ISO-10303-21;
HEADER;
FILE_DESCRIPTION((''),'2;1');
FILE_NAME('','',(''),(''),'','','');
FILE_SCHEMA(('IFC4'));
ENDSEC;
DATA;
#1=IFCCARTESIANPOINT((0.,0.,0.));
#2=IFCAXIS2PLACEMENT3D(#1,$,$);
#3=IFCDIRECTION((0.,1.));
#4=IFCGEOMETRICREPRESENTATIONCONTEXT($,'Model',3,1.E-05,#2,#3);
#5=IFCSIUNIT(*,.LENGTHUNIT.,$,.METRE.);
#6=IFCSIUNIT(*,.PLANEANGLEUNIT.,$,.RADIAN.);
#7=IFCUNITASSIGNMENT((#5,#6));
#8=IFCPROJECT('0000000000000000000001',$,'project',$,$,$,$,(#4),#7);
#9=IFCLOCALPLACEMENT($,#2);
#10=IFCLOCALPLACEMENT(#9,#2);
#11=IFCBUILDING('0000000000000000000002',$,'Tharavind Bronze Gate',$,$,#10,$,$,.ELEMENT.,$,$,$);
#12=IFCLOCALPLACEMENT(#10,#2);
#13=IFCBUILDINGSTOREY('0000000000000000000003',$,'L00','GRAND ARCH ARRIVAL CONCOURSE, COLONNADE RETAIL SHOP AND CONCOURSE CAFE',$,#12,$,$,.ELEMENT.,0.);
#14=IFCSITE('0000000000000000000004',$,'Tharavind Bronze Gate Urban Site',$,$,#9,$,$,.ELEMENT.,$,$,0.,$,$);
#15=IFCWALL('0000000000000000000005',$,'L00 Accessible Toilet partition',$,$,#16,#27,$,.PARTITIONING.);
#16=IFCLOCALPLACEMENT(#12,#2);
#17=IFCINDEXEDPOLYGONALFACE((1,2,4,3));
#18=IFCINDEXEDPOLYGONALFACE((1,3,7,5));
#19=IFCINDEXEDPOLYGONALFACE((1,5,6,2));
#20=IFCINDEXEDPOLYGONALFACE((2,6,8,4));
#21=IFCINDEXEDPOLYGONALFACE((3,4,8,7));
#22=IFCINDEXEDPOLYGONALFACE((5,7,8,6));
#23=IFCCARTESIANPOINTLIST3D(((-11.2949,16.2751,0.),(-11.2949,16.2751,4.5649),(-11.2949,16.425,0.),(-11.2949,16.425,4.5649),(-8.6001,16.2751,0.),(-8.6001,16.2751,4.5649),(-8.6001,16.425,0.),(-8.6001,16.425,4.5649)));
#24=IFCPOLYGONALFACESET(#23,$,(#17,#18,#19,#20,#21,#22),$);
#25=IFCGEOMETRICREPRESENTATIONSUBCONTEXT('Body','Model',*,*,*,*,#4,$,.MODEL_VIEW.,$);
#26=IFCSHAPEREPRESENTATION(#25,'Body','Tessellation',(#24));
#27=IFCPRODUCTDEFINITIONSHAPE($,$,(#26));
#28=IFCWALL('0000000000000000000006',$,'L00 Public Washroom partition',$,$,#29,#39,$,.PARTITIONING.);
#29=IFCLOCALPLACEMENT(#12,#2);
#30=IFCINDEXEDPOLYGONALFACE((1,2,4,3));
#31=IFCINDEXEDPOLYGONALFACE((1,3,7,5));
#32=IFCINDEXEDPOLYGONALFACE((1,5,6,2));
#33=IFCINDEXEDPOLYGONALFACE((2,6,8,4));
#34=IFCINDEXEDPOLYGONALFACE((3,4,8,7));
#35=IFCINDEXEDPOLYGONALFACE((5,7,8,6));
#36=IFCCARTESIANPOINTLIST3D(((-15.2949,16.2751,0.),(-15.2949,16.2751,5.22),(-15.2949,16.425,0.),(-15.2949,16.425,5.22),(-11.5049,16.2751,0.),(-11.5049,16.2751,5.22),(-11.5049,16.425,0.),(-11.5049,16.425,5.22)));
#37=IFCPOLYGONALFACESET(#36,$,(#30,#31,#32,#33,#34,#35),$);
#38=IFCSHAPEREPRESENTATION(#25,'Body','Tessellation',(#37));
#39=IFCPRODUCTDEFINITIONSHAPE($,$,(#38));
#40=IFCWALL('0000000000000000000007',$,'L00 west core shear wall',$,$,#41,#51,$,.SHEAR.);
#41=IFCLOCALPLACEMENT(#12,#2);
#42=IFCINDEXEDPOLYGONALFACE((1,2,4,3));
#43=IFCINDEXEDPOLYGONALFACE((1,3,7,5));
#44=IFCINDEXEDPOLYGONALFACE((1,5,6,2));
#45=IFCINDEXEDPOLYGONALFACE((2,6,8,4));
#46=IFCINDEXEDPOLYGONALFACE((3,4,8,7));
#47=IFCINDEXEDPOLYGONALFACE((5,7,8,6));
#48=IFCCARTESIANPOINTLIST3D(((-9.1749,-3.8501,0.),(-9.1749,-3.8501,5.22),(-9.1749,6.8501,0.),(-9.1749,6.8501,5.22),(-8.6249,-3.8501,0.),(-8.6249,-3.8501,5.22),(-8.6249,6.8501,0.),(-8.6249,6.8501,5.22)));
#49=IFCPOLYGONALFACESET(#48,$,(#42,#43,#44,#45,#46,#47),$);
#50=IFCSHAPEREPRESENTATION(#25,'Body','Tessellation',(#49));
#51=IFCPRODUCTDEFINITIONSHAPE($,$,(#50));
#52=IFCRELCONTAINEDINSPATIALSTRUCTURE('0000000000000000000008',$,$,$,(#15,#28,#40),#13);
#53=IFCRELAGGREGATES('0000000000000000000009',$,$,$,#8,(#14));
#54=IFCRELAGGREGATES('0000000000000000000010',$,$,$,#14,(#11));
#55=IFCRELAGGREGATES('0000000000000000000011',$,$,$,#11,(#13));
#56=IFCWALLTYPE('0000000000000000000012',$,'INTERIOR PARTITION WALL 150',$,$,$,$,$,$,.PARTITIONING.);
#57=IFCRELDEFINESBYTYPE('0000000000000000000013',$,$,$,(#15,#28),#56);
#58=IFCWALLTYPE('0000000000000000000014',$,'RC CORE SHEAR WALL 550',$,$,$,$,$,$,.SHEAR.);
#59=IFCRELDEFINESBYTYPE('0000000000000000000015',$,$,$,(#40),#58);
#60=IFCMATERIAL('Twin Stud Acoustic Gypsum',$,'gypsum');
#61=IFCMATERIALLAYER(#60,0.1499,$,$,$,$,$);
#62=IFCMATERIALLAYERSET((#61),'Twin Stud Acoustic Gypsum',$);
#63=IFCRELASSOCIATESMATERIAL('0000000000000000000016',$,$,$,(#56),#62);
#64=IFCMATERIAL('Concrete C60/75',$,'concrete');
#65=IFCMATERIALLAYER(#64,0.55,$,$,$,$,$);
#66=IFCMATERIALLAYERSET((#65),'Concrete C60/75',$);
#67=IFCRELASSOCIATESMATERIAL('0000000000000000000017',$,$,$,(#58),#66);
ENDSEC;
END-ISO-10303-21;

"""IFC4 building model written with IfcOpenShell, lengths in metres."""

from ifc_helpers import new_model, si_unit, direction, frame, frame_2d, origin, place, context, subcontext, project, spatial, rectangle, extrude, material, layer, layer_set, type_object, element, save


model = new_model("IFC4")

# Units and contexts
model_context = context("Model", 3, precision=1e-05, world=origin(), true_north=direction((0.0, 1.0)))
body_context = subcontext(model_context, "Body", "Model", "MODEL_VIEW")
ifc_project = project(units=[si_unit("LENGTHUNIT", "METRE"), si_unit("PLANEANGLEUNIT", "RADIAN")], contexts=[model_context])

# Site, building, storey
site_placement = place(None, origin())
site = spatial("IfcSite", under=ifc_project, at=site_placement, Name="Tharavind Bronze Gate Urban Site", CompositionType="ELEMENT", RefElevation=0.0)
building_placement = place(site_placement, origin())
building = spatial("IfcBuilding", under=site, at=building_placement, Name="Tharavind Bronze Gate", CompositionType="ELEMENT")
storey_placement = place(building_placement, origin())
storey = spatial("IfcBuildingStorey", under=building, at=storey_placement, Name="L00", Description="GRAND ARCH ARRIVAL CONCOURSE, COLONNADE RETAIL SHOP AND CONCOURSE CAFE", CompositionType="ELEMENT", Elevation=0.0)

# Shared definitions
ifc_material_1 = material(Name="Concrete C60/75", Category="concrete")

# Walls
ifc_material_2 = material(Name="Twin Stud Acoustic Gypsum", Category="gypsum")
ifc_layer_1 = layer(ifc_material_2, 0.1499)
ifc_layer_set_1 = layer_set([ifc_layer_1], Name="Twin Stud Acoustic Gypsum")
wall_type_1 = type_object("IfcWallType", Name="INTERIOR PARTITION WALL 150", PredefinedType="PARTITIONING", material=ifc_layer_set_1)
wall_1_placement = place(storey_placement, frame((-11.2949, 16.3501, 0.0), z_axis=(0.0, 0.0, 1.0), x_axis=(1.0, 0.0, 0.0)))
element("IfcWall", 1, at=wall_1_placement, inside=storey, type_object=wall_type_1, Name="L00 Accessible Toilet partition", PredefinedType="PARTITIONING", context=body_context, shape_type="SweptSolid", body=[
    extrude(rectangle(XDim=2.6948, YDim=0.1499, at=frame_2d((1.3474, 0.0))), origin(), (0.0, 0.0, 1.0), 4.5649),
])
wall_2_placement = place(storey_placement, frame((-15.2949, 16.3501, 0.0), z_axis=(0.0, 0.0, 1.0), x_axis=(1.0, 0.0, 0.0)))
element("IfcWall", 2, at=wall_2_placement, inside=storey, type_object=wall_type_1, Name="L00 Public Washroom partition", PredefinedType="PARTITIONING", context=body_context, shape_type="SweptSolid", body=[
    extrude(rectangle(XDim=3.79, YDim=0.1499, at=frame_2d((1.895, 0.0))), origin(), (0.0, 0.0, 1.0), 5.22),
])
ifc_layer_2 = layer(ifc_material_1, 0.55)
ifc_layer_set_2 = layer_set([ifc_layer_2], Name="Concrete C60/75")
wall_type_2 = type_object("IfcWallType", Name="RC CORE SHEAR WALL 550", PredefinedType="SHEAR", material=ifc_layer_set_2)
wall_3_placement = place(storey_placement, frame((-8.8999, -3.8501, 0.0), z_axis=(0.0, 0.0, 1.0), x_axis=(0.0, 1.0, 0.0)))
element("IfcWall", 3, at=wall_3_placement, inside=storey, type_object=wall_type_2, Name="L00 west core shear wall", PredefinedType="SHEAR", context=body_context, shape_type="SweptSolid", body=[
    extrude(rectangle(XDim=10.7002, YDim=0.55, at=frame_2d((5.3501, 0.0))), origin(), (0.0, 0.0, 1.0), 5.22),
])

save(model, "model.ifc")
